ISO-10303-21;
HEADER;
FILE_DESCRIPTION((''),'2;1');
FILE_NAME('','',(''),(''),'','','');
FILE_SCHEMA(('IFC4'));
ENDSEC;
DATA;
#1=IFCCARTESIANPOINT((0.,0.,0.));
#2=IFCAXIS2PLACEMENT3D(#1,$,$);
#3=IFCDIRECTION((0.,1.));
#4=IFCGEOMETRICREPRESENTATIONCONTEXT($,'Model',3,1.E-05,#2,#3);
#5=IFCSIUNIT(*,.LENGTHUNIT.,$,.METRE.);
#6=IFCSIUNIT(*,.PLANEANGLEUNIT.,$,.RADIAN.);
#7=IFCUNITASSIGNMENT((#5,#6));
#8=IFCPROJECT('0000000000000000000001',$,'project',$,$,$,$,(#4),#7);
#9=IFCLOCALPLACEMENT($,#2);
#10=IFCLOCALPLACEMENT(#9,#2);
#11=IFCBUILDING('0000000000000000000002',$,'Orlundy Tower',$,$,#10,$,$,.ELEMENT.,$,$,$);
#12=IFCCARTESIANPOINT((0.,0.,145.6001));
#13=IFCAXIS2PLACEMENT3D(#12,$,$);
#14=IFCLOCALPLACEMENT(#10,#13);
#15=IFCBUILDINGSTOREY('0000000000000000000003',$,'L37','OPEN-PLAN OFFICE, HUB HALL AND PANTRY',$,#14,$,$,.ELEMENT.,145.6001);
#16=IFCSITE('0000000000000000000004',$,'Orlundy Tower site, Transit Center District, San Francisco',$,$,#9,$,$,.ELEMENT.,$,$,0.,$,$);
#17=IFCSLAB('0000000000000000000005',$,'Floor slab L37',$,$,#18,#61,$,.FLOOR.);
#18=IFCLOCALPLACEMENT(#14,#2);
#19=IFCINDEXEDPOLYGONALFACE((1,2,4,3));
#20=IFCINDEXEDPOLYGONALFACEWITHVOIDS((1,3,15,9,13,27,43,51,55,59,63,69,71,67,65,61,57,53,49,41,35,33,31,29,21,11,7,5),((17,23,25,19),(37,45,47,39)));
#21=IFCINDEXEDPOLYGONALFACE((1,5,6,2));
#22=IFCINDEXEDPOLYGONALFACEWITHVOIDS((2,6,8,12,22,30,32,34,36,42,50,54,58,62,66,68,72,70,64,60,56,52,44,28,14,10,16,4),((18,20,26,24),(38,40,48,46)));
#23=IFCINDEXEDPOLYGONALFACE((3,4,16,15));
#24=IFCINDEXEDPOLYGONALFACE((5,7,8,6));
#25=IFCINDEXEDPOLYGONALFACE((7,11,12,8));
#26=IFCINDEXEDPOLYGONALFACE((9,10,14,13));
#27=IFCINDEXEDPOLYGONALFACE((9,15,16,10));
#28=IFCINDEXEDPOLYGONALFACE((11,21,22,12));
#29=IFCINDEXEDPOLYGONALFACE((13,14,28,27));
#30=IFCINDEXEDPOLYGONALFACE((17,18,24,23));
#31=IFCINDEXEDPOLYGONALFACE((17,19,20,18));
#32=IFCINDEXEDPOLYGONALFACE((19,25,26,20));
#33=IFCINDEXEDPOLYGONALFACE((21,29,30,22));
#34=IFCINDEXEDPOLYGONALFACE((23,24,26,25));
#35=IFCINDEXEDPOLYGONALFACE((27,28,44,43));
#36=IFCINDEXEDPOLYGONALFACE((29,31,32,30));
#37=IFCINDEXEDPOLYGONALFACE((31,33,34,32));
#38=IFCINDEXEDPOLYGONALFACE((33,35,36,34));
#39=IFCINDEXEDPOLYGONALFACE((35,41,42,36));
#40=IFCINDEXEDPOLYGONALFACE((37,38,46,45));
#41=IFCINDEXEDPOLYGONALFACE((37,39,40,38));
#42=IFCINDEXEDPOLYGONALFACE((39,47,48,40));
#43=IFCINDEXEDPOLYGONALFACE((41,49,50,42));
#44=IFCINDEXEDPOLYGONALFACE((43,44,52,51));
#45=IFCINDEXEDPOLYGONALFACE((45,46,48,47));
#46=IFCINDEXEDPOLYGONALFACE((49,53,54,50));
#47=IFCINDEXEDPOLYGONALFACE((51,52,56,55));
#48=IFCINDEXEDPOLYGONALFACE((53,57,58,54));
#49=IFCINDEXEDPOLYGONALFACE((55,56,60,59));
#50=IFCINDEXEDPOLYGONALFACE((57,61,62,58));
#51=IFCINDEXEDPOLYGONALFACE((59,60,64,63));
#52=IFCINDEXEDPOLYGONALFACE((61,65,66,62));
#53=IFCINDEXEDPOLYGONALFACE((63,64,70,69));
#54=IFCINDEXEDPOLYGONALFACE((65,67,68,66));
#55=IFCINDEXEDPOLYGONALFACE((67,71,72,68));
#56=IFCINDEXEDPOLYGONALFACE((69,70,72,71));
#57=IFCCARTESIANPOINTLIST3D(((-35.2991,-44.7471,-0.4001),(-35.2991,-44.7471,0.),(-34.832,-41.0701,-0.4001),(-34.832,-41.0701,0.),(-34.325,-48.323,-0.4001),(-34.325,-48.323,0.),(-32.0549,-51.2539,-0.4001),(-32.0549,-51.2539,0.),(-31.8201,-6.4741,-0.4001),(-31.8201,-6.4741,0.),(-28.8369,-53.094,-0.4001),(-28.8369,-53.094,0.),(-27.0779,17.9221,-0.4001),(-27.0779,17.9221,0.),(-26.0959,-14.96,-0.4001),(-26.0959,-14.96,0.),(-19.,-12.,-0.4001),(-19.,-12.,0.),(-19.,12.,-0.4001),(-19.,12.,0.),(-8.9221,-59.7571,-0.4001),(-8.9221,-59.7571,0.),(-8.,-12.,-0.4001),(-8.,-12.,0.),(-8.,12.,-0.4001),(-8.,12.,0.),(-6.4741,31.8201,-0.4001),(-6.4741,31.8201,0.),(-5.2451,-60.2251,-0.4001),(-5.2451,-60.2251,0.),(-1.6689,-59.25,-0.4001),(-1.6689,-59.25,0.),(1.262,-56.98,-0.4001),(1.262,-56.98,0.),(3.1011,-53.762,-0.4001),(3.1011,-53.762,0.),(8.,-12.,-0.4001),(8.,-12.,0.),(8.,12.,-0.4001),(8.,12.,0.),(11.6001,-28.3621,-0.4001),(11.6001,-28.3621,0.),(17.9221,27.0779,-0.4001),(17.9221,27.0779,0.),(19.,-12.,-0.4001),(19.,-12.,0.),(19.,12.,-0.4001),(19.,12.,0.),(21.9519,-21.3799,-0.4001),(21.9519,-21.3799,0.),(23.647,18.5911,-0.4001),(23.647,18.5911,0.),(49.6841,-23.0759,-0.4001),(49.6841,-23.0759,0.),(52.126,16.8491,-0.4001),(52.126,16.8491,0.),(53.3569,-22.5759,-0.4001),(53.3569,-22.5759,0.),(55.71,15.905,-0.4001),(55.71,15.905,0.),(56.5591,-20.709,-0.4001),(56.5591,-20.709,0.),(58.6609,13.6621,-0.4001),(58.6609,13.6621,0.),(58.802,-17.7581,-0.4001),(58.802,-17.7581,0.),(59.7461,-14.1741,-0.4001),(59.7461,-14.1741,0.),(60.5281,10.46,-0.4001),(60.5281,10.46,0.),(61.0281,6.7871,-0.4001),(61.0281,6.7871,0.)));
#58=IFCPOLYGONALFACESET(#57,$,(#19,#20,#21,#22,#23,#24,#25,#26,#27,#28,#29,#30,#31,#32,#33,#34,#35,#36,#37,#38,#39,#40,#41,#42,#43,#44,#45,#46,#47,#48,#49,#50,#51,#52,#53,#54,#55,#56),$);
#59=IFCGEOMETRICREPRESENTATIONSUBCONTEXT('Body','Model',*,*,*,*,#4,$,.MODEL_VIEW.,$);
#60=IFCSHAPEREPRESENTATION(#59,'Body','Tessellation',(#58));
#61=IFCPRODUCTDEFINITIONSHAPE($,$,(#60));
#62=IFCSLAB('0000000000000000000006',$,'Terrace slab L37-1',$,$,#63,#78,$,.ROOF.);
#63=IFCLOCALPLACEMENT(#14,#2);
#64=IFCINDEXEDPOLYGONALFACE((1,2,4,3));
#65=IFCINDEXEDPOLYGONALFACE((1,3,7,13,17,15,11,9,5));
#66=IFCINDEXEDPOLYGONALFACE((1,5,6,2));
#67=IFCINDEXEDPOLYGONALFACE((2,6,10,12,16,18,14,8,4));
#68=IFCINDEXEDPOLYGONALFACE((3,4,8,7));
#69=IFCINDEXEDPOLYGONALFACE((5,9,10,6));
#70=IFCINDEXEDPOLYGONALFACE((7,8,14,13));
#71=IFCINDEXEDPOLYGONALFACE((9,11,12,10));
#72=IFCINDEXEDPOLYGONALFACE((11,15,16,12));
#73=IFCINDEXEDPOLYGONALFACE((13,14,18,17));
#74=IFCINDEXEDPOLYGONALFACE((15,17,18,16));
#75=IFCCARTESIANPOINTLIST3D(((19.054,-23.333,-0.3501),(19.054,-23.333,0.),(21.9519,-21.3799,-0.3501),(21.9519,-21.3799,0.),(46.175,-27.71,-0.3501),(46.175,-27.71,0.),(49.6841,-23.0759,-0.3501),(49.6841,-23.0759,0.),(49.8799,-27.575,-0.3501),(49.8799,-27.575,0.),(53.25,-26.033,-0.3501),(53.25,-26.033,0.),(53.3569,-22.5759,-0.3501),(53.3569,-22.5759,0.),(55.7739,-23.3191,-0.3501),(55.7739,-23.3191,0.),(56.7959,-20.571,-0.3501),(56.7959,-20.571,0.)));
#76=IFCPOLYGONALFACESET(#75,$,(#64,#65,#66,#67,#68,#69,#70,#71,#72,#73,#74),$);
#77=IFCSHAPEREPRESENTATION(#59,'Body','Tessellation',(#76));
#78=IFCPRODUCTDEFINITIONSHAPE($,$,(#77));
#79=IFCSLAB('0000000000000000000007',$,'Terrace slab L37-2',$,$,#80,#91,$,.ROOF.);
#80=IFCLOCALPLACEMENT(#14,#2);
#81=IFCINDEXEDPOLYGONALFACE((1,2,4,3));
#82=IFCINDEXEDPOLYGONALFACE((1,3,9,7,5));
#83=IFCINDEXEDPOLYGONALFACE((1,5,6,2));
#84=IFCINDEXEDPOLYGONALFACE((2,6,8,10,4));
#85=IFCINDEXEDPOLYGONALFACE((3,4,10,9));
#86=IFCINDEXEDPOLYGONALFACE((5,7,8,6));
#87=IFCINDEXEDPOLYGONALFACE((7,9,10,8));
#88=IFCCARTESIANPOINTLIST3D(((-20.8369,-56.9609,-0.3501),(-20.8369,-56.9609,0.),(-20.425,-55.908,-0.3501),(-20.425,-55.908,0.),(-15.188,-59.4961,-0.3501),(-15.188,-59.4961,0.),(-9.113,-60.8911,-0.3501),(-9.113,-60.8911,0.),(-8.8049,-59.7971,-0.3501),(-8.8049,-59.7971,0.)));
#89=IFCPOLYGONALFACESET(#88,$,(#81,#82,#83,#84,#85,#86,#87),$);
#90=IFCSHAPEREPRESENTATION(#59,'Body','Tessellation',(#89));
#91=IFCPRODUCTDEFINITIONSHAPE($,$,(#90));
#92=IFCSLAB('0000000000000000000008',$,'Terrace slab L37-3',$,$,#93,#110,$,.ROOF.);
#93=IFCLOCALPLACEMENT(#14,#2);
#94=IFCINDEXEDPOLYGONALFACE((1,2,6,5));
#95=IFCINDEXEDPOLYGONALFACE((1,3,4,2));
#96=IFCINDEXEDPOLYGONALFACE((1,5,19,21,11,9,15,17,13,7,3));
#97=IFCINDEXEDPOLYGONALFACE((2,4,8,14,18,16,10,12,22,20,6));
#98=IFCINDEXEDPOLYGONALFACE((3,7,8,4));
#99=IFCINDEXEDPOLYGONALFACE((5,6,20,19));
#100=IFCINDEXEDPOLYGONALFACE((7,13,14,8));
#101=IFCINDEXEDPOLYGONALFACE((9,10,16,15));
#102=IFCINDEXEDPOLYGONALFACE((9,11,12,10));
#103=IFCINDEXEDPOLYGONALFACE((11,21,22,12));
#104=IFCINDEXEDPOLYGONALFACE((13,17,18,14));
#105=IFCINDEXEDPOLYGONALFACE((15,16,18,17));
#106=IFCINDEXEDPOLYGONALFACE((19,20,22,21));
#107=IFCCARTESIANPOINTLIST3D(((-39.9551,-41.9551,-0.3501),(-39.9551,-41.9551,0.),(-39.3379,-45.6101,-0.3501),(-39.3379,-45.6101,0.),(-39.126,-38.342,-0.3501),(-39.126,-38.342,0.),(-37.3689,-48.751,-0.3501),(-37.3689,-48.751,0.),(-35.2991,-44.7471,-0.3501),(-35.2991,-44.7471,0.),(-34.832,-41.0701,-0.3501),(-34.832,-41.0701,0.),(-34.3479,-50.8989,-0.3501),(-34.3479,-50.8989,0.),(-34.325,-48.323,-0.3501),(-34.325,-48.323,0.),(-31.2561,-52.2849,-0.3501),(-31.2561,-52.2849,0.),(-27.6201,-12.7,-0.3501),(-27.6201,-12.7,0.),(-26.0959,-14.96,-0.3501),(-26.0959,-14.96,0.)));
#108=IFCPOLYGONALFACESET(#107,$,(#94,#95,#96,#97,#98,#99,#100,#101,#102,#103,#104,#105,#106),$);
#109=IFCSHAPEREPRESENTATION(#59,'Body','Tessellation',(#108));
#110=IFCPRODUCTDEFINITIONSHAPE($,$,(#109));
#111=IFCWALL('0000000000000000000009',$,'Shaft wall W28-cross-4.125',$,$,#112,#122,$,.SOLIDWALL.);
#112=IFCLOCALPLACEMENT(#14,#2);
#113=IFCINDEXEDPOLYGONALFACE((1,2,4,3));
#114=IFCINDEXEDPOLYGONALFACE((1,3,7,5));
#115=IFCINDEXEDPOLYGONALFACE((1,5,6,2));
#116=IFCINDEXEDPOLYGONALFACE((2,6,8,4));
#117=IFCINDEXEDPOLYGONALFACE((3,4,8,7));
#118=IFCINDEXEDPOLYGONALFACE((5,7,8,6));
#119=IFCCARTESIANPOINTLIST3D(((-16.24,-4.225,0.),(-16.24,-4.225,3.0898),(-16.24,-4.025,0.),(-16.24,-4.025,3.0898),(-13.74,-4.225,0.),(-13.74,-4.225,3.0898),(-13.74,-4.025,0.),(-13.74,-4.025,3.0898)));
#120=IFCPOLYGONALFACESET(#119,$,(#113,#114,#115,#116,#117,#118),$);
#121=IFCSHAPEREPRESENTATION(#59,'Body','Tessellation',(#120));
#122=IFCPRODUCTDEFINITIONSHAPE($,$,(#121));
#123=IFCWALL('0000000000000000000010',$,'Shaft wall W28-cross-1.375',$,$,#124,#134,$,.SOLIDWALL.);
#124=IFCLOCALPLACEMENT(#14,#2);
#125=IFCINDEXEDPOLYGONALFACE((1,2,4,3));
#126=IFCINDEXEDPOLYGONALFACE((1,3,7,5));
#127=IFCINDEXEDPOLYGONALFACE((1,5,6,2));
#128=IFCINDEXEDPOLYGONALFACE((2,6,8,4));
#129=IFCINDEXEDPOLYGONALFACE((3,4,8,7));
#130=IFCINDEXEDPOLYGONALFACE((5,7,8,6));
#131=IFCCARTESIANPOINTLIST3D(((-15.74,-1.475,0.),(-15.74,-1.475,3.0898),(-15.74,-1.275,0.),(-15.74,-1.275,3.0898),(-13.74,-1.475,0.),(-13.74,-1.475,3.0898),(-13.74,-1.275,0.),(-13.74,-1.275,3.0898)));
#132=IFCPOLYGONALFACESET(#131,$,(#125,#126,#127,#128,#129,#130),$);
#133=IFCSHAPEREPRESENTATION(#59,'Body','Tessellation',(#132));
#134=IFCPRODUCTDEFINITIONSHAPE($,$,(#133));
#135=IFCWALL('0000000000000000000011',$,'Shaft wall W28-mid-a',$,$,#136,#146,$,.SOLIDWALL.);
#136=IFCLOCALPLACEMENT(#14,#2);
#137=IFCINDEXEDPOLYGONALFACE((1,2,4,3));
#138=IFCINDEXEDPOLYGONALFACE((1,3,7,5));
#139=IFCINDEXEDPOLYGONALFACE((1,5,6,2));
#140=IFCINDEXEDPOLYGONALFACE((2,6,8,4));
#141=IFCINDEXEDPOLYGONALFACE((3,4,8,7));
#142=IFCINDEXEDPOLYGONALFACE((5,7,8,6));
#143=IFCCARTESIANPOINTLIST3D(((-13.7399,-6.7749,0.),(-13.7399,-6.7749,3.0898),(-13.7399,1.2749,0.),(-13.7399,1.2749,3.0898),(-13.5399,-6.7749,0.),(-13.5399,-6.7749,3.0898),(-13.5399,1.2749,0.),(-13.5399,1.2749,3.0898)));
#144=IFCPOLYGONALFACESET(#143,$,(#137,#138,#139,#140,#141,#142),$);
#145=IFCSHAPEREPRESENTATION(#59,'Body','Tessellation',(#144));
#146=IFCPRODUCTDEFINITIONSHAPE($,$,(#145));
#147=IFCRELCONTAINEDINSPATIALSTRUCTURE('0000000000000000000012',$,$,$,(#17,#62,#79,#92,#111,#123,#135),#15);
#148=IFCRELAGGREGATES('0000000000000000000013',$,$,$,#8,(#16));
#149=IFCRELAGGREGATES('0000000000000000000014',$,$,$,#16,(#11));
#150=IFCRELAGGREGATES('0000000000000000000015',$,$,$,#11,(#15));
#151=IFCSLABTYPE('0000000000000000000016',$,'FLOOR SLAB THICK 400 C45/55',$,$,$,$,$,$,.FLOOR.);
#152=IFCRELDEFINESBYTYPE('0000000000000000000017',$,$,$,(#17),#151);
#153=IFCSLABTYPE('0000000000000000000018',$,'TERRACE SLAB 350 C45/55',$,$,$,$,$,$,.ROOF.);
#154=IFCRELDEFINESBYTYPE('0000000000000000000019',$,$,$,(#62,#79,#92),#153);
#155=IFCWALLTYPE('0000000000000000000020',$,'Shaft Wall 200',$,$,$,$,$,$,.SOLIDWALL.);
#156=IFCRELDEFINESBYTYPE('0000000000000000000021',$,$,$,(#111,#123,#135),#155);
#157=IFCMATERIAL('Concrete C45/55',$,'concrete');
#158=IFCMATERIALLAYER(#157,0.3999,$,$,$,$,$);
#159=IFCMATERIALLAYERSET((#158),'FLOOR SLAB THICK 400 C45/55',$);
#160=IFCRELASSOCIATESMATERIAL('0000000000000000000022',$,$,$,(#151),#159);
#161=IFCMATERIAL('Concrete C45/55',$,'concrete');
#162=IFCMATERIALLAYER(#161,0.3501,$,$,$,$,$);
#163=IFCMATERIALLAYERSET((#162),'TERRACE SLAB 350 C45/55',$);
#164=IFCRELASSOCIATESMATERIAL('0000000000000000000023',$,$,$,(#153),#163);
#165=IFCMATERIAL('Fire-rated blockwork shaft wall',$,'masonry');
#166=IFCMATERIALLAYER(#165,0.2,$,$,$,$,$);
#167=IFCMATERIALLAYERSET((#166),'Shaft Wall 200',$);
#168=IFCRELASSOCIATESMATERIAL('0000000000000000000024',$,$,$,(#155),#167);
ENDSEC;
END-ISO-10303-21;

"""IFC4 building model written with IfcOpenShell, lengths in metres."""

from ifc_helpers import new_model, si_unit, direction, frame, frame_2d, origin, place, context, subcontext, project, spatial, polyline, rectangle, outline, extrude, material, layer, layer_set, type_object, element, save


model = new_model("IFC4")

# Units and contexts
model_context = context("Model", 3, precision=1e-05, world=origin(), true_north=direction((0.0, 1.0)))
body_context = subcontext(model_context, "Body", "Model", "MODEL_VIEW")
ifc_project = project(units=[si_unit("LENGTHUNIT", "METRE"), si_unit("PLANEANGLEUNIT", "RADIAN")], contexts=[model_context])

# Site, building, storey
site_placement = place(None, origin())
site = spatial("IfcSite", under=ifc_project, at=site_placement, Name="Orlundy Tower site, Transit Center District, San Francisco", CompositionType="ELEMENT", RefElevation=0.0)
building_placement = place(site_placement, origin())
building = spatial("IfcBuilding", under=site, at=building_placement, Name="Orlundy Tower", CompositionType="ELEMENT")
storey_placement = place(building_placement, frame((0.0, 0.0, 145.6001)))
storey = spatial("IfcBuildingStorey", under=building, at=storey_placement, Name="L37", Description="OPEN-PLAN OFFICE, HUB HALL AND PANTRY", CompositionType="ELEMENT", Elevation=145.6001)

# Slabs
ifc_material_1 = material(Name="Concrete C45/55", Category="concrete")
ifc_layer_1 = layer(ifc_material_1, 0.3999)
ifc_layer_set_1 = layer_set([ifc_layer_1], Name="FLOOR SLAB THICK 400 C45/55")
slab_type_1 = type_object("IfcSlabType", Name="FLOOR SLAB THICK 400 C45/55", PredefinedType="FLOOR", material=ifc_layer_set_1)
slab_1_placement = place(storey_placement, frame((0.0, 0.0, -0.4001)))
element("IfcSlab", 1, at=slab_1_placement, inside=storey, type_object=slab_type_1, Name="Floor slab L37", PredefinedType="FLOOR", context=body_context, shape_type="SweptSolid", body=[
    extrude(outline(polyline([(21.9519, -21.3799), (11.6001, -28.3621), (3.1011, -53.762), (1.262, -56.98), (-1.6689, -59.25), (-5.2451, -60.2251), (-8.9221, -59.7571), (-28.8369, -53.094), (-32.0549, -51.2539), (-34.325, -48.323), (-35.2991, -44.7471), (-34.832, -41.0701), (-26.0959, -14.96), (-31.8201, -6.4741), (-27.0779, 17.9221), (-6.4741, 31.8201), (17.9221, 27.0779), (23.647, 18.5911), (52.126, 16.8491), (55.71, 15.905), (58.6609, 13.6621), (60.5281, 10.46), (61.0281, 6.7871), (59.7461, -14.1741), (58.802, -17.7581), (56.5591, -20.709), (53.3569, -22.5759), (49.6841, -23.0759), (21.9519, -21.3799)]), holes=[polyline([(-8.0, -12.0), (-8.0, 12.0), (-19.0, 12.0), (-19.0, -12.0), (-8.0, -12.0)]), polyline([(19.0, -12.0), (19.0, 12.0), (8.0, 12.0), (8.0, -12.0), (19.0, -12.0)])]), origin(), (0.0, 0.0, 1.0), 0.4001),
])
ifc_material_2 = material(Name="Concrete C45/55", Category="concrete")
ifc_layer_2 = layer(ifc_material_2, 0.3501)
ifc_layer_set_2 = layer_set([ifc_layer_2], Name="TERRACE SLAB 350 C45/55")
slab_type_2 = type_object("IfcSlabType", Name="TERRACE SLAB 350 C45/55", PredefinedType="ROOF", material=ifc_layer_set_2)
slab_2_placement = place(storey_placement, frame((0.0, 0.0, -0.3501)))
element("IfcSlab", 2, at=slab_2_placement, inside=storey, type_object=slab_type_2, Name="Terrace slab L37-1", PredefinedType="ROOF", context=body_context, shape_type="SweptSolid", body=[
    extrude(outline(polyline([(19.054, -23.333), (21.9519, -21.3799), (49.6841, -23.0759), (53.3569, -22.5759), (56.7959, -20.571), (55.7739, -23.3191), (53.25, -26.033), (49.8799, -27.575), (46.175, -27.71), (19.054, -23.333)])), origin(), (0.0, 0.0, 1.0), 0.3501),
])
slab_3_placement = place(storey_placement, frame((0.0, 0.0, -0.3501)))
element("IfcSlab", 3, at=slab_3_placement, inside=storey, type_object=slab_type_2, Name="Terrace slab L37-2", PredefinedType="ROOF", context=body_context, shape_type="SweptSolid", body=[
    extrude(outline(polyline([(-20.8369, -56.9609), (-20.425, -55.908), (-8.8049, -59.7971), (-9.113, -60.8911), (-15.188, -59.4961), (-20.8369, -56.9609)])), origin(), (0.0, 0.0, 1.0), 0.3501),
])
slab_4_placement = place(storey_placement, frame((0.0, 0.0, -0.3501)))
element("IfcSlab", 4, at=slab_4_placement, inside=storey, type_object=slab_type_2, Name="Terrace slab L37-3", PredefinedType="ROOF", context=body_context, shape_type="SweptSolid", body=[
    extrude(outline(polyline([(-31.2561, -52.2849), (-34.3479, -50.8989), (-37.3689, -48.751), (-39.3379, -45.6101), (-39.9551, -41.9551), (-39.126, -38.342), (-27.6201, -12.7), (-26.0959, -14.96), (-34.832, -41.0701), (-35.2991, -44.7471), (-34.325, -48.323), (-31.2561, -52.2849)])), origin(), (0.0, 0.0, 1.0), 0.3501),
])

# Walls
ifc_material_3 = material(Name="Fire-rated blockwork shaft wall", Category="masonry")
ifc_layer_3 = layer(ifc_material_3, 0.2)
ifc_layer_set_3 = layer_set([ifc_layer_3], Name="Shaft Wall 200")
wall_type = type_object("IfcWallType", Name="Shaft Wall 200", PredefinedType="SOLIDWALL", material=ifc_layer_set_3)
wall_1_placement = place(storey_placement, frame((-13.74, -4.125, 0.0), z_axis=(0.0, 0.0, 1.0), x_axis=(-1.0, 0.0, 0.0)))
element("IfcWall", 5, at=wall_1_placement, inside=storey, type_object=wall_type, Name="Shaft wall W28-cross-4.125", PredefinedType="SOLIDWALL", context=body_context, shape_type="SweptSolid", body=[
    extrude(rectangle(XDim=2.5, YDim=0.2, at=frame_2d((1.25, 0.0))), origin(), (0.0, 0.0, 1.0), 3.0898),
])
wall_2_placement = place(storey_placement, frame((-13.74, -1.375, 0.0), z_axis=(0.0, 0.0, 1.0), x_axis=(-1.0, 0.0, 0.0)))
element("IfcWall", 6, at=wall_2_placement, inside=storey, type_object=wall_type, Name="Shaft wall W28-cross-1.375", PredefinedType="SOLIDWALL", context=body_context, shape_type="SweptSolid", body=[
    extrude(rectangle(XDim=2.0, YDim=0.2, at=frame_2d((1.0, 0.0))), origin(), (0.0, 0.0, 1.0), 3.0898),
])
wall_3_placement = place(storey_placement, frame((-13.6399, -6.7749, 0.0), z_axis=(0.0, 0.0, 1.0), x_axis=(0.0, 1.0, 0.0)))
element("IfcWall", 7, at=wall_3_placement, inside=storey, type_object=wall_type, Name="Shaft wall W28-mid-a", PredefinedType="SOLIDWALL", context=body_context, shape_type="SweptSolid", body=[
    extrude(rectangle(XDim=8.0498, YDim=0.2, at=frame_2d((4.0249, 0.0))), origin(), (0.0, 0.0, 1.0), 3.0898),
])

save(model, "model.ifc")
